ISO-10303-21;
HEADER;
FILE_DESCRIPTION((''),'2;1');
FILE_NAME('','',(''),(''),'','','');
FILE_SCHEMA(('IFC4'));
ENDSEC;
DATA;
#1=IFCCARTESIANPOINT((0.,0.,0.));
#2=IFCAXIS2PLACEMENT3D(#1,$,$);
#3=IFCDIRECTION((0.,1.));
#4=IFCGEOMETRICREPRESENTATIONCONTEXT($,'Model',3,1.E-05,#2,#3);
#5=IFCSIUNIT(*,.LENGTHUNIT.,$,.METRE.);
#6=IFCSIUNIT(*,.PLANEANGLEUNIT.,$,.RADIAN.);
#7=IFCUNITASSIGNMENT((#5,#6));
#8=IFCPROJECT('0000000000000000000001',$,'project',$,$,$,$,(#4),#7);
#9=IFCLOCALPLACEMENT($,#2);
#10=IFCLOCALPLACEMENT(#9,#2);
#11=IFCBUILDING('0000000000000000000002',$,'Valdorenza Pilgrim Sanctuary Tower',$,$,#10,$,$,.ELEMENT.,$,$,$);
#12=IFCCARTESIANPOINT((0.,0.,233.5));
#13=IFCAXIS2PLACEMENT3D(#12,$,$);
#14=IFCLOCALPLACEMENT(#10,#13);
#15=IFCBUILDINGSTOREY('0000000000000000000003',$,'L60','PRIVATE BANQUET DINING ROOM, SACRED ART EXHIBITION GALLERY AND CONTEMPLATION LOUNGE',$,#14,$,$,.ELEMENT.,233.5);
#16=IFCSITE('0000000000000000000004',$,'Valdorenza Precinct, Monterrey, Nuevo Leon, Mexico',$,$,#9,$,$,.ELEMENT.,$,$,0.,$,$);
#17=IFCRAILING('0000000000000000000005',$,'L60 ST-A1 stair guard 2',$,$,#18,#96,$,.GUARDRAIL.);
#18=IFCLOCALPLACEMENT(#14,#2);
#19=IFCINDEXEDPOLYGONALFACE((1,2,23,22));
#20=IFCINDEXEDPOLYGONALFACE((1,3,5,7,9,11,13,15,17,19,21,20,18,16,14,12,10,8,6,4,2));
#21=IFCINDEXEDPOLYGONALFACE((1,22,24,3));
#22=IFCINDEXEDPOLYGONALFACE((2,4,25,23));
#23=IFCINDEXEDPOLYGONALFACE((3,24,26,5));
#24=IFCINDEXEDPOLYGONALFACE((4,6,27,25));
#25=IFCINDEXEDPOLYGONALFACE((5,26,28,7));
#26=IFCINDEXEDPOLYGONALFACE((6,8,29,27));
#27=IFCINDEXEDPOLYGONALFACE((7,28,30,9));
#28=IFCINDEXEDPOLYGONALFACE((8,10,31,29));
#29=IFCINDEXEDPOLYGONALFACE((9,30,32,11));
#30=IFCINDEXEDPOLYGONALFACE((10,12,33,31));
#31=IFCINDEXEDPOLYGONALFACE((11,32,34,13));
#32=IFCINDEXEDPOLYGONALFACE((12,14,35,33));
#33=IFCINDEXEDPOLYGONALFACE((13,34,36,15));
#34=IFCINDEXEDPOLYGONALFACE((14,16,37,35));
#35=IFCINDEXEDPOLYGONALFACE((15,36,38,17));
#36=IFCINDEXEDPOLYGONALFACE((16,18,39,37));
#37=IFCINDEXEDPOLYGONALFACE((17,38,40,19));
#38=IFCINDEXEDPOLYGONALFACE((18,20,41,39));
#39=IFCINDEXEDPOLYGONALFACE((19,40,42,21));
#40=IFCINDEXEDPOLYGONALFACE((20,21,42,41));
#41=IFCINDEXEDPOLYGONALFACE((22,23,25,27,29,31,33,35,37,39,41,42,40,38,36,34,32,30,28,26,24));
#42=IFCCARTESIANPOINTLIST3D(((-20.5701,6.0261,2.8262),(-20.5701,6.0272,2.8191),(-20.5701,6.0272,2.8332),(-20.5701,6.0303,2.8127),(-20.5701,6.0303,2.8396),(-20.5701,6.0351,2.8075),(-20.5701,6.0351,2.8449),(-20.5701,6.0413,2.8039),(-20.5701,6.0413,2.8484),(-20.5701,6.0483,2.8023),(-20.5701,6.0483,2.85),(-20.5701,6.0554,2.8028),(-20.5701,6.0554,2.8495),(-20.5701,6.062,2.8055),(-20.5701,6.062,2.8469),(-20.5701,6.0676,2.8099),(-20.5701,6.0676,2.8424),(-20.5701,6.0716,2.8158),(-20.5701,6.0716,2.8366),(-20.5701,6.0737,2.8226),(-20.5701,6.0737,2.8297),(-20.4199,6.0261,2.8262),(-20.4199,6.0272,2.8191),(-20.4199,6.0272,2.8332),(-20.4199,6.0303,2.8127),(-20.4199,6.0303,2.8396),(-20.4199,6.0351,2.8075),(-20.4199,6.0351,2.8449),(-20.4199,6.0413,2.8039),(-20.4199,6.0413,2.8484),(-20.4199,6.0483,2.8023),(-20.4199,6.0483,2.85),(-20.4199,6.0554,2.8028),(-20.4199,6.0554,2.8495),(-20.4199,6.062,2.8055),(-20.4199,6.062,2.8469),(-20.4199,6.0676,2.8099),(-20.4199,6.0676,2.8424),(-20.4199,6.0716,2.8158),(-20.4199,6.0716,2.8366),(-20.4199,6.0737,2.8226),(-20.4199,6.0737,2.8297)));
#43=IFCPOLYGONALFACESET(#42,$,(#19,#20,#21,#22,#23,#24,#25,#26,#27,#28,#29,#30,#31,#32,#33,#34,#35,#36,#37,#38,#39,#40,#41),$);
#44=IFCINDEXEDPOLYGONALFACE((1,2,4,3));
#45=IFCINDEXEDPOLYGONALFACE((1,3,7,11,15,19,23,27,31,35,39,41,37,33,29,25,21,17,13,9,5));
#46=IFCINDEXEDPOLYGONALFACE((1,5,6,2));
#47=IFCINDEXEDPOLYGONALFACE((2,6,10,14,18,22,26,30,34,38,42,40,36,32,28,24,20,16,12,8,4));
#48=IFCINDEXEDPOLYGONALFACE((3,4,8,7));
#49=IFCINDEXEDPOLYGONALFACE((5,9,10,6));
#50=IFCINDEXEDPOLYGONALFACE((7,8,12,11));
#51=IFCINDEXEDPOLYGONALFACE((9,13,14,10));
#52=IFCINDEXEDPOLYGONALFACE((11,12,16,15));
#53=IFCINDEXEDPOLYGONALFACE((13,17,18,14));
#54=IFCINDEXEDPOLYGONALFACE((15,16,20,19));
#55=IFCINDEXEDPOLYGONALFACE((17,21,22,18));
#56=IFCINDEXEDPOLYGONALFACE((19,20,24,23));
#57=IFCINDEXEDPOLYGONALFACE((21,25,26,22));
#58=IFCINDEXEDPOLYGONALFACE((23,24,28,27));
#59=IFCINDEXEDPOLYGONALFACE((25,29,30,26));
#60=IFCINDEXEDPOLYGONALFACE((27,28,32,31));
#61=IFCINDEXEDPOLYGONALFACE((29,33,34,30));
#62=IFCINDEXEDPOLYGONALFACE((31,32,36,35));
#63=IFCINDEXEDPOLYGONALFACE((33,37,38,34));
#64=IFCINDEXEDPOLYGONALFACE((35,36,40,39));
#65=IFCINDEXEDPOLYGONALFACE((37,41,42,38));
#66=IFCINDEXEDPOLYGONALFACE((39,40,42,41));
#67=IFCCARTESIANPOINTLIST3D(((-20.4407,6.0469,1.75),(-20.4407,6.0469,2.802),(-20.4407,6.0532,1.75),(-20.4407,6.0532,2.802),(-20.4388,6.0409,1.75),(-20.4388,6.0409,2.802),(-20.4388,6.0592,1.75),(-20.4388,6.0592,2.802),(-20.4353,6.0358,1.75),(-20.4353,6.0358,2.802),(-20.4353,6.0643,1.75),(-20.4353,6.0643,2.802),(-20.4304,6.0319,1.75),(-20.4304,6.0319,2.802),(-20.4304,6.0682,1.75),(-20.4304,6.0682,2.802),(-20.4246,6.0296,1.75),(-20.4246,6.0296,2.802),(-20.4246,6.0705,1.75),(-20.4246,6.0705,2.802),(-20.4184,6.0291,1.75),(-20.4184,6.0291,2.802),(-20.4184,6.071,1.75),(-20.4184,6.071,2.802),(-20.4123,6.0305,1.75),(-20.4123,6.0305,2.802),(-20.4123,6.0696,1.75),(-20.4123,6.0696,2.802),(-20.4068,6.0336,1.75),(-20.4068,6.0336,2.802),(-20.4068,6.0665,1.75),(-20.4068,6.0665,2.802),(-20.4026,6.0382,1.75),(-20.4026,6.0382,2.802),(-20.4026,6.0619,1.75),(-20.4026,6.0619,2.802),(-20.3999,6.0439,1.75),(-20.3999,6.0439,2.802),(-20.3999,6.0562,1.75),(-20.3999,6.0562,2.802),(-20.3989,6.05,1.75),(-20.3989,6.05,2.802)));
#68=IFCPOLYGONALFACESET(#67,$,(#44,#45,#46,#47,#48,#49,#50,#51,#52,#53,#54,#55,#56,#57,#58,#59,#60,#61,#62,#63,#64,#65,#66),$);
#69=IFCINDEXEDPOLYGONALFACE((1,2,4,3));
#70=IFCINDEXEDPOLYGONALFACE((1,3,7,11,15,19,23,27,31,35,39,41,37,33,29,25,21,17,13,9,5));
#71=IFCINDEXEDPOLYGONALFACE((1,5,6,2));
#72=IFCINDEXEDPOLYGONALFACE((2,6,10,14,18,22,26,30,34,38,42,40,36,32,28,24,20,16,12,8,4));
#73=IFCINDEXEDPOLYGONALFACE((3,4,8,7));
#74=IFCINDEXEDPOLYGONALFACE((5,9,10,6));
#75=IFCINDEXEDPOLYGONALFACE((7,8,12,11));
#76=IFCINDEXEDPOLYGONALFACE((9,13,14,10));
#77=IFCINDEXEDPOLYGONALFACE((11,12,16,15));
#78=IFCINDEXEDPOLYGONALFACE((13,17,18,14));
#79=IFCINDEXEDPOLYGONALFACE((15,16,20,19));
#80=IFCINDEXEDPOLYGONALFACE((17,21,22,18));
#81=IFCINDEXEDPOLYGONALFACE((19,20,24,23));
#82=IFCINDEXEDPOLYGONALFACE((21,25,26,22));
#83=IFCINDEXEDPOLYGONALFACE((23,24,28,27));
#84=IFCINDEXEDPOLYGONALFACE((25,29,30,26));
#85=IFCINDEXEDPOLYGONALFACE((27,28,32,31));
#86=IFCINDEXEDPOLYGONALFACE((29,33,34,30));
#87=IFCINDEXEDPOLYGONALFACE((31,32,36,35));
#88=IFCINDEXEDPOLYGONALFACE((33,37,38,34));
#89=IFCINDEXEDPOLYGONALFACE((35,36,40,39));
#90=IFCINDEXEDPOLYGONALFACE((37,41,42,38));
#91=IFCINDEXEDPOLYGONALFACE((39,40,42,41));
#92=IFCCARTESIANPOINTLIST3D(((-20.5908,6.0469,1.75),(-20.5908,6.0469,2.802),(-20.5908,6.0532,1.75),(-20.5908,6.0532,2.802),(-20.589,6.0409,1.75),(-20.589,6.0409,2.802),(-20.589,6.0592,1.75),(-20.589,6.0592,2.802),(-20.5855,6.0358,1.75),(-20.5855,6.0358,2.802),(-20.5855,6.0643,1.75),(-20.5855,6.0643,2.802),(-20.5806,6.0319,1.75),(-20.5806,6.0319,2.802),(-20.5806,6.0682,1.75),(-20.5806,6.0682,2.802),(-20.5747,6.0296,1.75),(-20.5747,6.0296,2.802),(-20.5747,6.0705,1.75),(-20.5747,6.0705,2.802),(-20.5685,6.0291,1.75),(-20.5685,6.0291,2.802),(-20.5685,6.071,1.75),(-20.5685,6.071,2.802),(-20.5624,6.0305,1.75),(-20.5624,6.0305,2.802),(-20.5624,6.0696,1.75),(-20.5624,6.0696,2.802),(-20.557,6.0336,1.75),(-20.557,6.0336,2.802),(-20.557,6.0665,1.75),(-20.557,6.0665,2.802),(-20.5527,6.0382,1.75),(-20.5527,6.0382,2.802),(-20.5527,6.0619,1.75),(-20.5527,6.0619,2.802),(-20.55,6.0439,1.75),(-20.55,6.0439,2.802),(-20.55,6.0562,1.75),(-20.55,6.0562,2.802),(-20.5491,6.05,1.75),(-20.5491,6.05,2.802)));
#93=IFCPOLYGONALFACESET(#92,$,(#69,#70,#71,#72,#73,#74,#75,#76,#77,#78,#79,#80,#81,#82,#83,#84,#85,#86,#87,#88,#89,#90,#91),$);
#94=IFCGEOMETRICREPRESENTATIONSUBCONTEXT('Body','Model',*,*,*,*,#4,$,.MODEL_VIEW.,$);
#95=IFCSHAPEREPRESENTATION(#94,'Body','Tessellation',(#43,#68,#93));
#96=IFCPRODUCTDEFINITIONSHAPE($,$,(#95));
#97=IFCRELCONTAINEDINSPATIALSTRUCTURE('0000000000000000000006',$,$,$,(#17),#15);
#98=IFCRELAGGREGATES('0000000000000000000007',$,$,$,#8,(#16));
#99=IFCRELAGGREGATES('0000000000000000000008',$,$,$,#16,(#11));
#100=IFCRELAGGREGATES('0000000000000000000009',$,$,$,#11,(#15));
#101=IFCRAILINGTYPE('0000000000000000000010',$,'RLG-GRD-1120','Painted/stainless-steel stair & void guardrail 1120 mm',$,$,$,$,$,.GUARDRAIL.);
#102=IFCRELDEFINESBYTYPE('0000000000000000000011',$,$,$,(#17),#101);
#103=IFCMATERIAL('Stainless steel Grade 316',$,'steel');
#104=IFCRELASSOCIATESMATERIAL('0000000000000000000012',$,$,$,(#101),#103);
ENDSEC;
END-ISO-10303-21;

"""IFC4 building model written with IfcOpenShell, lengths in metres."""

from ifc_helpers import new_model, si_unit, direction, frame, origin, origin_2d, place, context, subcontext, project, spatial, circle, extrude, material, type_object, element, save


model = new_model("IFC4")

# Units and contexts
model_context = context("Model", 3, precision=1e-05, world=origin(), true_north=direction((0.0, 1.0)))
body_context = subcontext(model_context, "Body", "Model", "MODEL_VIEW")
ifc_project = project(units=[si_unit("LENGTHUNIT", "METRE"), si_unit("PLANEANGLEUNIT", "RADIAN")], contexts=[model_context])

# Site, building, storey
site_placement = place(None, origin())
site = spatial("IfcSite", under=ifc_project, at=site_placement, Name="Valdorenza Precinct, Monterrey, Nuevo Leon, Mexico", CompositionType="ELEMENT", RefElevation=0.0)
building_placement = place(site_placement, origin())
building = spatial("IfcBuilding", under=site, at=building_placement, Name="Valdorenza Pilgrim Sanctuary Tower", CompositionType="ELEMENT")
storey_placement = place(building_placement, frame((0.0, 0.0, 233.5)))
storey = spatial("IfcBuildingStorey", under=building, at=storey_placement, Name="L60", Description="PRIVATE BANQUET DINING ROOM, SACRED ART EXHIBITION GALLERY AND CONTEMPLATION LOUNGE", CompositionType="ELEMENT", Elevation=233.5)

# Railing
ifc_material_1 = material(Name="Stainless steel Grade 316", Category="steel")
railing_type_1 = type_object("IfcRailingType", Name="RLG-GRD-1120", Description="Painted/stainless-steel stair & void guardrail 1120 mm", PredefinedType="GUARDRAIL", material=ifc_material_1)
railing_1_placement = place(storey_placement, frame((-20.4199, 6.05, 1.75)))
element("IfcRailing", 1, at=railing_1_placement, inside=storey, type_object=railing_type_1, Name="L60 ST-A1 stair guard 2", PredefinedType="GUARDRAIL", context=body_context, shape_type="SweptSolid", body=[
    extrude(circle(Radius=0.0239, at=origin_2d()), frame((0.0, 0.0, 1.0762), z_axis=(-1.0, 0.0, 0.0), x_axis=(0.0, -1.0, 0.0)), (0.0, 0.0, 1.0), 0.1501),
    extrude(circle(Radius=0.021, at=origin_2d()), origin(), (0.0, 0.0, 1.0), 1.052),
    extrude(circle(Radius=0.021, at=origin_2d()), frame((-0.1501, 0.0, 0.0)), (0.0, 0.0, 1.0), 1.052),
])

save(model, "model.ifc")
